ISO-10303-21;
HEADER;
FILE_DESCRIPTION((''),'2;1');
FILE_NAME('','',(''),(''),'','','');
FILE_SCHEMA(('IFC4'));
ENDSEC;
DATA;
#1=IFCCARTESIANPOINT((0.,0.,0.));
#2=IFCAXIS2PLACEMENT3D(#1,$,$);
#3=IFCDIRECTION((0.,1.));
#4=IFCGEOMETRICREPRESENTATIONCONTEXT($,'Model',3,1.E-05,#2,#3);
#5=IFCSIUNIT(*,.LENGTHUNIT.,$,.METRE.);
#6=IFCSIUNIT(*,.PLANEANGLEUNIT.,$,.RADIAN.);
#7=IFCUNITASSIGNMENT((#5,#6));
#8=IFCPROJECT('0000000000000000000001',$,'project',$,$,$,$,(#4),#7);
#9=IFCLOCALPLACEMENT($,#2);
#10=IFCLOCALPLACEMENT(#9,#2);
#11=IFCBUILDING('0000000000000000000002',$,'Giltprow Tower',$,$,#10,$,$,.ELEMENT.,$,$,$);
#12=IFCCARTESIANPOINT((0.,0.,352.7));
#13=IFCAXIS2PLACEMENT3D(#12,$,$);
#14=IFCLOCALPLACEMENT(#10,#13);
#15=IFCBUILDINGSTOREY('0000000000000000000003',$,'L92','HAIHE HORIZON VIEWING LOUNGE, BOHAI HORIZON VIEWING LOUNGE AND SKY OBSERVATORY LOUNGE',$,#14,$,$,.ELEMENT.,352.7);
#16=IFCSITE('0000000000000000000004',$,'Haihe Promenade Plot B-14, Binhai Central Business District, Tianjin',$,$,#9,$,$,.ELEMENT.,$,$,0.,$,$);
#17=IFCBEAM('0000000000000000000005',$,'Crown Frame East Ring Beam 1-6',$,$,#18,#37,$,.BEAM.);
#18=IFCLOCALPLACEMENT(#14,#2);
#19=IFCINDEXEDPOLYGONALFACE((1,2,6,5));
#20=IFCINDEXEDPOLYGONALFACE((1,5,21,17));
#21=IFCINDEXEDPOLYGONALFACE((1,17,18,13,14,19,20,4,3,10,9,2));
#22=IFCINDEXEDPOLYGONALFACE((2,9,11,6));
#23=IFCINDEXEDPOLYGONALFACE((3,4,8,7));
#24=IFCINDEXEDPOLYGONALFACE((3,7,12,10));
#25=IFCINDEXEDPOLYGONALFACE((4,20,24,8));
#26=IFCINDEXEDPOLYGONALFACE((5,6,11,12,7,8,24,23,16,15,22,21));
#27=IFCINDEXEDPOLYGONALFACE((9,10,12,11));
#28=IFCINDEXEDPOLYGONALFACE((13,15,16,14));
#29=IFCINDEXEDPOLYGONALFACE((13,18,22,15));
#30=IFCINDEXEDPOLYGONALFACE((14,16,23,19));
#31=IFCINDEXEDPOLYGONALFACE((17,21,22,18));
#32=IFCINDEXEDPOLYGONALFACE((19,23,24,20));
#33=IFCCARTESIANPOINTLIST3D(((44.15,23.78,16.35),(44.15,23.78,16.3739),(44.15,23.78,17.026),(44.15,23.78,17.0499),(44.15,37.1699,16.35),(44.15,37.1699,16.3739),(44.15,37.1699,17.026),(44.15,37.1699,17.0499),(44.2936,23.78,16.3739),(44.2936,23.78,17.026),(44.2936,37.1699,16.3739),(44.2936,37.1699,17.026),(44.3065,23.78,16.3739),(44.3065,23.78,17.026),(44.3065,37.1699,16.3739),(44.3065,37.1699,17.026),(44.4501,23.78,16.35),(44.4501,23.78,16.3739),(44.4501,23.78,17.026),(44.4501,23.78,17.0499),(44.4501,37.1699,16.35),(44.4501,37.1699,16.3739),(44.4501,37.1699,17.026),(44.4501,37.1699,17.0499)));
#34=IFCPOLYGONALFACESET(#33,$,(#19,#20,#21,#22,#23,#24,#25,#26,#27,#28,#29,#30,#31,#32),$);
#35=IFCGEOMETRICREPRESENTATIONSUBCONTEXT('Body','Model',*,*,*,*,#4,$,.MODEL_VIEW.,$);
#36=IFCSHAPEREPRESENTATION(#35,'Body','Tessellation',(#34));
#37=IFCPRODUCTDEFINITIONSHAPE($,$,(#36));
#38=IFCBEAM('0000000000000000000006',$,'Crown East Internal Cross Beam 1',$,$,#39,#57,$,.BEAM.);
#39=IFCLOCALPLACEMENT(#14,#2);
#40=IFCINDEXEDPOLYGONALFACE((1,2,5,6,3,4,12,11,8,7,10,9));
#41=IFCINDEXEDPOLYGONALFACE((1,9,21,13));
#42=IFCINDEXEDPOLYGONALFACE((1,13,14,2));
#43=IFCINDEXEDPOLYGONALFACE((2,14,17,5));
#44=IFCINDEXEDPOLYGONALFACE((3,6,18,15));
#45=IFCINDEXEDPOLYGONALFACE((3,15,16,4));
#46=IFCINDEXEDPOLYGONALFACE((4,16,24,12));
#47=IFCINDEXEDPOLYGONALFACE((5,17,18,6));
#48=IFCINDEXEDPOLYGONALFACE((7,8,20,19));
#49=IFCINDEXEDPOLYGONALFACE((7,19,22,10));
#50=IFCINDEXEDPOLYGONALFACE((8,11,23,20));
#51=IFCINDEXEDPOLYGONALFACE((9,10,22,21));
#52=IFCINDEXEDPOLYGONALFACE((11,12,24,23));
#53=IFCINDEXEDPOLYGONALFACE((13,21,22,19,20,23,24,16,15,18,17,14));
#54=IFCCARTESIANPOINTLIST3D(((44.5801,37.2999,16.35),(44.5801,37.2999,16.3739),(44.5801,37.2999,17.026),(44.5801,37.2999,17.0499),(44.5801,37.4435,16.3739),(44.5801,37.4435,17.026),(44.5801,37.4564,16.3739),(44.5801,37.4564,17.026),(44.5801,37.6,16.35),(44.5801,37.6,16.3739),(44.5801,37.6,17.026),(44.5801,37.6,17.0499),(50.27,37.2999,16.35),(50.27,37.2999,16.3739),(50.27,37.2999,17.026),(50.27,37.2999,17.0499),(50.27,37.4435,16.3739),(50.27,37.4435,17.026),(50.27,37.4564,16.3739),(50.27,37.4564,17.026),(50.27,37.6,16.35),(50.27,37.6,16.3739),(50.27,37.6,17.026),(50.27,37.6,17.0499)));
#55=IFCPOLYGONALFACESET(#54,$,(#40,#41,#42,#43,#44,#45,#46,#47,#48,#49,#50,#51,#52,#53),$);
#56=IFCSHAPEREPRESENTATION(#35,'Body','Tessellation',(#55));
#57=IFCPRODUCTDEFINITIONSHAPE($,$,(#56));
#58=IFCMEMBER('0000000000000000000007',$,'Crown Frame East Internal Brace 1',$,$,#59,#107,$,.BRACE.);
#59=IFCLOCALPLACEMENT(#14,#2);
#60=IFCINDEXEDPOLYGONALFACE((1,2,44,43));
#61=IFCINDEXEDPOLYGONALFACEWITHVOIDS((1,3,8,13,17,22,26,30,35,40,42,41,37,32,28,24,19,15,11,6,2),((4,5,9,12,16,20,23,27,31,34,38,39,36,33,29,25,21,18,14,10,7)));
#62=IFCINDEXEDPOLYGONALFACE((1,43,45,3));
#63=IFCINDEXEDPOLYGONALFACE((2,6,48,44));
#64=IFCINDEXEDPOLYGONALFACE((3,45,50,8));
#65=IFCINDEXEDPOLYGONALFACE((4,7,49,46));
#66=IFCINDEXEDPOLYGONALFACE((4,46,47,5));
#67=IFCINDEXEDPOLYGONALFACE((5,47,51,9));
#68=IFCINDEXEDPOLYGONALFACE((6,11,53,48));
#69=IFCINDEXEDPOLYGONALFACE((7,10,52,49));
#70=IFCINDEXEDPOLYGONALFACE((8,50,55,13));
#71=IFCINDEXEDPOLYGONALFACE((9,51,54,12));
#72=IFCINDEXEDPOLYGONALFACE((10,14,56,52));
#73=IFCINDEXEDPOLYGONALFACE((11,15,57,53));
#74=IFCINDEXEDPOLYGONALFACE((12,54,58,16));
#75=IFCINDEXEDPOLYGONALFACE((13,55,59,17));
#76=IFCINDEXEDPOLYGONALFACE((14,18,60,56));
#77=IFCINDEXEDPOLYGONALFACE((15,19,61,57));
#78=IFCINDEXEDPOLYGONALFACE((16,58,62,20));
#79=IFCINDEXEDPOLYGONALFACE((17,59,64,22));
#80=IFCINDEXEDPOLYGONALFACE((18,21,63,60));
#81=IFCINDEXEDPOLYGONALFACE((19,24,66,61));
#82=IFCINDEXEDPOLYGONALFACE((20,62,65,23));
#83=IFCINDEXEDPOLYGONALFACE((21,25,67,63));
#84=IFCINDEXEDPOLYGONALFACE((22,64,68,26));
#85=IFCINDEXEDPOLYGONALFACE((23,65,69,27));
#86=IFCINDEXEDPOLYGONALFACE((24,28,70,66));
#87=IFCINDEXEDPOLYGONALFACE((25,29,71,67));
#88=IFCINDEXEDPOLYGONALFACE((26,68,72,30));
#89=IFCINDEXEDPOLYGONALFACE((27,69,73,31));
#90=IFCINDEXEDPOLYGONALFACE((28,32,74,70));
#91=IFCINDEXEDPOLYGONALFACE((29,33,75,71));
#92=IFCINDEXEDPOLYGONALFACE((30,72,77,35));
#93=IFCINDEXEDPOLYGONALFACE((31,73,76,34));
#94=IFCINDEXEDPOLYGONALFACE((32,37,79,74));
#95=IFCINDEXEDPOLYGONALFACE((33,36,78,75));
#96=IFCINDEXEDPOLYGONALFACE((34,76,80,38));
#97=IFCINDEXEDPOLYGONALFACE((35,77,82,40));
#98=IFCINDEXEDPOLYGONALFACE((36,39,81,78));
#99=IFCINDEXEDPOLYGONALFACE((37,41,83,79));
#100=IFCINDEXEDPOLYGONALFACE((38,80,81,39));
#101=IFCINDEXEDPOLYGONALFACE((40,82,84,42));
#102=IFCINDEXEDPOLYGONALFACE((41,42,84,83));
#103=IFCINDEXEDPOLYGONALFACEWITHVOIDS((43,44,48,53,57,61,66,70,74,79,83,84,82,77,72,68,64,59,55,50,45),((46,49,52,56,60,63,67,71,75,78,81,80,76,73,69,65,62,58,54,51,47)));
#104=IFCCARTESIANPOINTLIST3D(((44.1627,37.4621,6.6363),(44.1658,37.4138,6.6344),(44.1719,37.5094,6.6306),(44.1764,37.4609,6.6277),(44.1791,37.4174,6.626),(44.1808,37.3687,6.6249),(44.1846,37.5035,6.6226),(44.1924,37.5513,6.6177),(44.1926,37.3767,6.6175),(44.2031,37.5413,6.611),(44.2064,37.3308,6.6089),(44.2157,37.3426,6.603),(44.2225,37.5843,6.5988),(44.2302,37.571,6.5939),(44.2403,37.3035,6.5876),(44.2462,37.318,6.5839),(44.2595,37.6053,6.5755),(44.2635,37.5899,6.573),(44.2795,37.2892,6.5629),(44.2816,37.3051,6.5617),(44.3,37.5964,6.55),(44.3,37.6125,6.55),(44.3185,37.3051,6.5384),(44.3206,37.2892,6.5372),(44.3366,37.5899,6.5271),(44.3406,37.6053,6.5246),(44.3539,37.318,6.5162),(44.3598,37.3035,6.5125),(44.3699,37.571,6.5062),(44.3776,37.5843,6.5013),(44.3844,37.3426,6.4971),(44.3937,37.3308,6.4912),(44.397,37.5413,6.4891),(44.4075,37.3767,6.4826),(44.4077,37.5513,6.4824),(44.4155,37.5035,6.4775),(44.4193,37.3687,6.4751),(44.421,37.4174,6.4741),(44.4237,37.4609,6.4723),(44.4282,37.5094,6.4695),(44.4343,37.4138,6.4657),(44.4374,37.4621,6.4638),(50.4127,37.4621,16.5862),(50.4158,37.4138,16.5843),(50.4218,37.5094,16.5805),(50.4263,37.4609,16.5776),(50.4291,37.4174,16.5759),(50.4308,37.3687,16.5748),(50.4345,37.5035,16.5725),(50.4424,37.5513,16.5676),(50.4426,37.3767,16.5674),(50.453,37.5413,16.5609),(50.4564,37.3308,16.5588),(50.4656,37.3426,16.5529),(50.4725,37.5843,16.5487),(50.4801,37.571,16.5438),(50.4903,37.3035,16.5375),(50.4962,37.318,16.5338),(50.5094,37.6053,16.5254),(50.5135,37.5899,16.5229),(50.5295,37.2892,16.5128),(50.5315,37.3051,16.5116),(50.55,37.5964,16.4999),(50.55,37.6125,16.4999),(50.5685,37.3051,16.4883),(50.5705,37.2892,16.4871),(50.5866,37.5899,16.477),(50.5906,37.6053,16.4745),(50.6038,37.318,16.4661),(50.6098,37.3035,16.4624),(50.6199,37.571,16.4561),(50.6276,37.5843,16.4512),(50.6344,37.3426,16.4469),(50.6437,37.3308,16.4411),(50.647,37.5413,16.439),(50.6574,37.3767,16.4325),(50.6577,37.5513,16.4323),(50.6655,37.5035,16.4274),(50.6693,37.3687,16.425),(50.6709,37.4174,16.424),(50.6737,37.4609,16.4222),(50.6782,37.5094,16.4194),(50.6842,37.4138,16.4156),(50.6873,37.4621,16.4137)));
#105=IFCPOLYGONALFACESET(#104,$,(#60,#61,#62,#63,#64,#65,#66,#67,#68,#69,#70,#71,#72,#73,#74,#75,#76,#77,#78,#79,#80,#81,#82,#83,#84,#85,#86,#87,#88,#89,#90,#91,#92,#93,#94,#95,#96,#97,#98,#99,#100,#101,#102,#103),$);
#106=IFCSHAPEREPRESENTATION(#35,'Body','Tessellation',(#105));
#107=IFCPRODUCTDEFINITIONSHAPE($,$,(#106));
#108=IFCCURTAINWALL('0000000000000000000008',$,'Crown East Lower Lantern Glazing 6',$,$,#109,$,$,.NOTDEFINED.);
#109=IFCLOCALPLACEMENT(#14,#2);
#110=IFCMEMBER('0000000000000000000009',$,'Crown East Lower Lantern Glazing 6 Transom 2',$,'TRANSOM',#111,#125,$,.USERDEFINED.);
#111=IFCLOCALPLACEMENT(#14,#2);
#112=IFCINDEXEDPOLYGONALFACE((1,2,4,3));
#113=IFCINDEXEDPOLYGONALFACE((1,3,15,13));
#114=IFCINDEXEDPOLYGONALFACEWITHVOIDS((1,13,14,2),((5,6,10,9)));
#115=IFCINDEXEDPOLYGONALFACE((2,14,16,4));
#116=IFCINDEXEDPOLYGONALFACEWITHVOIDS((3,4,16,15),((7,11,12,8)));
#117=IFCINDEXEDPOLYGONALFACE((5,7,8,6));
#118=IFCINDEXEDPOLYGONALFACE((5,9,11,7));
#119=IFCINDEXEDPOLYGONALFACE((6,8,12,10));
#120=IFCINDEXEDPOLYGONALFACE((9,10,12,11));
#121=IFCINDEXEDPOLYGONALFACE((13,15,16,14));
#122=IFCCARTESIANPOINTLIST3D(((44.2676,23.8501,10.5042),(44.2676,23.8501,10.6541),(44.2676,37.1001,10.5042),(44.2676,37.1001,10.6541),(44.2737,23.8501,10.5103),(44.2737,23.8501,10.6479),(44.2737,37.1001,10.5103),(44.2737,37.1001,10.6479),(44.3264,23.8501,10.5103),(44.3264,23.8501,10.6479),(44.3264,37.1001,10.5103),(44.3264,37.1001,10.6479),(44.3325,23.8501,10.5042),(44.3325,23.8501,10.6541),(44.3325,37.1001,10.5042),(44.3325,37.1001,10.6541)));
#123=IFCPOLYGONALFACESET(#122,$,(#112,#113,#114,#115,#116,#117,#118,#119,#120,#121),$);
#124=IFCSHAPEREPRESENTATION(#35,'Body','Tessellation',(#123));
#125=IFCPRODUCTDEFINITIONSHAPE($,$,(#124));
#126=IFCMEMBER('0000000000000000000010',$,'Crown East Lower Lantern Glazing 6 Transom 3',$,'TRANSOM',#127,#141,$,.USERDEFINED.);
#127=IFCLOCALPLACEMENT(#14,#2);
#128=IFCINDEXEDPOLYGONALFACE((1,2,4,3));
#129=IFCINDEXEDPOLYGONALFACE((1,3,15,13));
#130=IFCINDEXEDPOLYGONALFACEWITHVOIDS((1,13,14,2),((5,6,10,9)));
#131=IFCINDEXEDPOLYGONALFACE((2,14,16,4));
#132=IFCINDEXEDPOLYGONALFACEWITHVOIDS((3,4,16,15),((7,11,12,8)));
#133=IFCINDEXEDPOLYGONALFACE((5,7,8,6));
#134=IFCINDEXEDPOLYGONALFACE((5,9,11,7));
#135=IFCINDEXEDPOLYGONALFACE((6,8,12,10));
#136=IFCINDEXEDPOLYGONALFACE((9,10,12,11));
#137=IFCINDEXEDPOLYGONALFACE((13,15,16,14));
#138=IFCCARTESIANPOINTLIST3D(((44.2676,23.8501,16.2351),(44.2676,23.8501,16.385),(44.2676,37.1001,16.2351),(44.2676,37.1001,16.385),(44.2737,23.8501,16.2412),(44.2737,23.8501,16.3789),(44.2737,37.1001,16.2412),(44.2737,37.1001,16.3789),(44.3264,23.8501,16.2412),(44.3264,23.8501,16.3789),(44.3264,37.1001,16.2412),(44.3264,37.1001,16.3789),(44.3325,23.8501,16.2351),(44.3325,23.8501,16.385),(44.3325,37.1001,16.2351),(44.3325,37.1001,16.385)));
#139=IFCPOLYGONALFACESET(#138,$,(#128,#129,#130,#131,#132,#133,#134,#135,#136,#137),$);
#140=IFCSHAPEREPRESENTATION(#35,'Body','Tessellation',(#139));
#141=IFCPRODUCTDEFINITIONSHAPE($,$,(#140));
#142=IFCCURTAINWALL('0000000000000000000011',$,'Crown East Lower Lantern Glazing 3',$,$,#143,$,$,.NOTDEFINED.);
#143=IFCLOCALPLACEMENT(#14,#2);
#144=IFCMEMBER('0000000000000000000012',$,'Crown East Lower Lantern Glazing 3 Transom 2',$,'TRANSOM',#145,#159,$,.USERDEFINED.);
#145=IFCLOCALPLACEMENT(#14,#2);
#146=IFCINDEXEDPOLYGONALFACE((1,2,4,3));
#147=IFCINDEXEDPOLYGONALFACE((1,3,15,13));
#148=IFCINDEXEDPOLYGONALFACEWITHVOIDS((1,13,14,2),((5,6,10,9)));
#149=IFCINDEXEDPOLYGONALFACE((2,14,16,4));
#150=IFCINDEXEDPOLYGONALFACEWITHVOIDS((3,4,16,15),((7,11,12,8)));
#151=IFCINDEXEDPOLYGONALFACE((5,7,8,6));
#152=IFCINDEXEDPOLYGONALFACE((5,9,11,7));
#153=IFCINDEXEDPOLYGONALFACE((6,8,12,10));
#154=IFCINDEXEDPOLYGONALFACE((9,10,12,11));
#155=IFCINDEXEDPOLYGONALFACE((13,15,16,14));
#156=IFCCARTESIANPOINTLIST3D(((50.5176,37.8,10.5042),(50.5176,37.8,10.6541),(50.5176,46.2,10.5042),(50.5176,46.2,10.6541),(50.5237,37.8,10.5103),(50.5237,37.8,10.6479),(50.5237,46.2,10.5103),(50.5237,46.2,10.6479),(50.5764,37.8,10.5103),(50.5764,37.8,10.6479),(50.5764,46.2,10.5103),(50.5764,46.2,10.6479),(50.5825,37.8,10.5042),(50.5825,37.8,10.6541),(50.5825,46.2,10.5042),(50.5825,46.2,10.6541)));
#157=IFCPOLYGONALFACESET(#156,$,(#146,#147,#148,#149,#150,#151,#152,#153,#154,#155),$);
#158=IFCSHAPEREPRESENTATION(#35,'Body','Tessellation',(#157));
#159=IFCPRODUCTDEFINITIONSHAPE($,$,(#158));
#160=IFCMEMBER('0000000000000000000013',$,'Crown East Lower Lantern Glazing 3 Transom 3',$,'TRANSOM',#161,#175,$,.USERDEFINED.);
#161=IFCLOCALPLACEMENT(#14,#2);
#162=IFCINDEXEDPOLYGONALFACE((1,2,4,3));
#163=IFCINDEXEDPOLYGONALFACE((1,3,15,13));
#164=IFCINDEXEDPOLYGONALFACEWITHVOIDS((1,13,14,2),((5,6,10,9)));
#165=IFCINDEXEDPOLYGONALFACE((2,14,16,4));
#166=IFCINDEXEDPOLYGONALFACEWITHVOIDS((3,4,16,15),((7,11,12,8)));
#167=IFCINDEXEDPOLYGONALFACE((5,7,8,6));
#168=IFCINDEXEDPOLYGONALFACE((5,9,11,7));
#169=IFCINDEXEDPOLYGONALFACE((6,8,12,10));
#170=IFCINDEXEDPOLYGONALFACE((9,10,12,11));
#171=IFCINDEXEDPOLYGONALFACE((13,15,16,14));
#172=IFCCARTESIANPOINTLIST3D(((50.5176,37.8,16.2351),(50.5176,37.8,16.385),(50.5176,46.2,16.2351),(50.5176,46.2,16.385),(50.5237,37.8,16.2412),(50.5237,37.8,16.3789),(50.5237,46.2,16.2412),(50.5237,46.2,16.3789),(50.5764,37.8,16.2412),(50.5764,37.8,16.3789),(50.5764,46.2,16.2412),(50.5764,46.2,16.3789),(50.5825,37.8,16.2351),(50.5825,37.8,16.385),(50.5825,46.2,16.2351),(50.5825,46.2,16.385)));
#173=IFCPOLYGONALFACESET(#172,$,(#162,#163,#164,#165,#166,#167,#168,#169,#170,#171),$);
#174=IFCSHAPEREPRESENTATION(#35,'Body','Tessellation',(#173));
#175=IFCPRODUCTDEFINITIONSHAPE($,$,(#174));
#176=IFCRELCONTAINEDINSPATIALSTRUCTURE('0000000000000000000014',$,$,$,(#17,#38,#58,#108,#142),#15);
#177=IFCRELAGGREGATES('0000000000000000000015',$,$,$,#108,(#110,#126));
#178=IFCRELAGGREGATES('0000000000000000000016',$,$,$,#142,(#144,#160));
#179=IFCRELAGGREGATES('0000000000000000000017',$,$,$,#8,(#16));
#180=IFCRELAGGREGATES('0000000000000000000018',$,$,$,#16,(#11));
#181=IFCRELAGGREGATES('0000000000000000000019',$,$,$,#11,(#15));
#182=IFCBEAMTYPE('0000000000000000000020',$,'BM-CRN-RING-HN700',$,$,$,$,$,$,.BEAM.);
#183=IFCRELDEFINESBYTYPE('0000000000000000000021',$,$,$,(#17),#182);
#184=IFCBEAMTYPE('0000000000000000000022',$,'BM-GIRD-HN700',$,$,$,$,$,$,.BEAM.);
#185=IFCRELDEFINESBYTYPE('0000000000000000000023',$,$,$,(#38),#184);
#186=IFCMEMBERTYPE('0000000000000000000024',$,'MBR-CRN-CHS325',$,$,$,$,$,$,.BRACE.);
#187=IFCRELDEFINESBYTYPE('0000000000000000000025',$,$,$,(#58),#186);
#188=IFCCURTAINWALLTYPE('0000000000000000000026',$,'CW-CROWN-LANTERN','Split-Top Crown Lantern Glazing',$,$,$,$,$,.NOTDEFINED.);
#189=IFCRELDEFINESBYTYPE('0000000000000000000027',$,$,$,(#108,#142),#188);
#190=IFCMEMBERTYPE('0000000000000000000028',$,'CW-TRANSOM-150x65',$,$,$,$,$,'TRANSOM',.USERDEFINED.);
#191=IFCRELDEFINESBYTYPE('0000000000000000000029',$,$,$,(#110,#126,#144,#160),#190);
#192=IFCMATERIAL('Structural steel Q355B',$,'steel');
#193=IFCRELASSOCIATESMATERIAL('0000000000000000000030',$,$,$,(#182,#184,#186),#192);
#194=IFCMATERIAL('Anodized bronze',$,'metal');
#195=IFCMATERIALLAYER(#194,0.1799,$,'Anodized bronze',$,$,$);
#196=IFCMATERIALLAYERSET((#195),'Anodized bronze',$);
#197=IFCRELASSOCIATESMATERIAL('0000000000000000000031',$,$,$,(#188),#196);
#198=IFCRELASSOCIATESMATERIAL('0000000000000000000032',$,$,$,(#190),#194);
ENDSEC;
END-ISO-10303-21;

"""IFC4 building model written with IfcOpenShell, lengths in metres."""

from ifc_helpers import new_model, si_unit, direction, frame, origin, origin_2d, place, context, subcontext, project, spatial, hollow_rectangle, hollow_circle, i_section, extrude, source, transform, mapped, material, layer, layer_set, material_profile, profile_set, type_object, element, aggregate, save


model = new_model("IFC4")

# Units and contexts
model_context = context("Model", 3, precision=1e-05, world=origin(), true_north=direction((0.0, 1.0)))
body_context = subcontext(model_context, "Body", "Model", "MODEL_VIEW")
ifc_project = project(units=[si_unit("LENGTHUNIT", "METRE"), si_unit("PLANEANGLEUNIT", "RADIAN")], contexts=[model_context])

# Site, building, storey
site_placement = place(None, origin())
site = spatial("IfcSite", under=ifc_project, at=site_placement, Name="Haihe Promenade Plot B-14, Binhai Central Business District, Tianjin", CompositionType="ELEMENT", RefElevation=0.0)
building_placement = place(site_placement, origin())
building = spatial("IfcBuilding", under=site, at=building_placement, Name="Giltprow Tower", CompositionType="ELEMENT")
storey_placement = place(building_placement, frame((0.0, 0.0, 352.7)))
storey = spatial("IfcBuildingStorey", under=building, at=storey_placement, Name="L92", Description="HAIHE HORIZON VIEWING LOUNGE, BOHAI HORIZON VIEWING LOUNGE AND SKY OBSERVATORY LOUNGE", CompositionType="ELEMENT", Elevation=352.7)

# Beams
ifc_material_1 = material(Name="Structural steel Q355B", Category="steel")
ifc_material_profile_1 = material_profile(ifc_material_1, i_section(OverallWidth=0.3, OverallDepth=0.7, WebThickness=0.0129, FlangeThickness=0.0239, at=origin_2d()), Name="HN 700x300x13x24")
ifc_profile_set_1 = profile_set([ifc_material_profile_1], Name="Structural steel Q355B")
beam_type_1 = type_object("IfcBeamType", Name="BM-CRN-RING-HN700", PredefinedType="BEAM", material=ifc_profile_set_1)
shared_shape_1 = source(origin(), body_context, "Body", "SweptSolid", [
    extrude(i_section(OverallWidth=0.3, OverallDepth=0.7, WebThickness=0.0129, FlangeThickness=0.0239, at=origin_2d()), origin(), (0.0, 0.0, 1.0), 13.3899),
])
beam_1_placement = place(storey_placement, frame((44.3, 37.1699, 16.7), z_axis=(0.0, -1.0, 0.0), x_axis=(1.0, 0.0, 0.0)))
element("IfcBeam", 1, at=beam_1_placement, inside=storey, type_object=beam_type_1, Name="Crown Frame East Ring Beam 1-6", PredefinedType="BEAM", context=body_context, shape_type="MappedRepresentation", body=[
    mapped(shared_shape_1, transform((0.0, 0.0, 0.0), x_axis=(1.0, 0.0, 0.0), y_axis=(0.0, 1.0, 0.0), z_axis=(0.0, 0.0, 1.0), scale=1.0)),
])
ifc_material_profile_2 = material_profile(ifc_material_1, i_section(OverallWidth=0.3, OverallDepth=0.7, WebThickness=0.0129, FlangeThickness=0.0239, at=origin_2d()), Name="HN 700x300x13x24")
ifc_profile_set_2 = profile_set([ifc_material_profile_2], Name="Structural steel Q355B")
beam_type_2 = type_object("IfcBeamType", Name="BM-GIRD-HN700", PredefinedType="BEAM", material=ifc_profile_set_2)
shared_shape_2 = source(origin(), body_context, "Body", "SweptSolid", [
    extrude(i_section(OverallWidth=0.3, OverallDepth=0.7, WebThickness=0.0129, FlangeThickness=0.0239, at=origin_2d()), origin(), (0.0, 0.0, 1.0), 5.6899),
])
beam_2_placement = place(storey_placement, frame((44.5801, 37.45, 16.7), z_axis=(1.0, 0.0, 0.0), x_axis=(0.0, 1.0, 0.0)))
element("IfcBeam", 2, at=beam_2_placement, inside=storey, type_object=beam_type_2, Name="Crown East Internal Cross Beam 1", PredefinedType="BEAM", context=body_context, shape_type="MappedRepresentation", body=[
    mapped(shared_shape_2, transform((0.0, 0.0, 0.0), x_axis=(1.0, 0.0, 0.0), y_axis=(0.0, 1.0, 0.0), z_axis=(0.0, 0.0, 1.0), scale=1.0)),
])

# Member
ifc_material_profile_3 = material_profile(ifc_material_1, hollow_circle(Radius=0.1626, WallThickness=0.0161, at=origin_2d()), Name="CHS 325x16")
ifc_profile_set_3 = profile_set([ifc_material_profile_3], Name="Structural steel Q355B")
member_type_1 = type_object("IfcMemberType", Name="MBR-CRN-CHS325", PredefinedType="BRACE", material=ifc_profile_set_3)
shared_shape_3 = source(origin(), body_context, "Body", "SweptSolid", [
    extrude(hollow_circle(Radius=0.1626, WallThickness=0.0161, at=origin_2d()), origin(), (0.0, 0.0, 1.0), 11.75),
])
member_1_placement = place(storey_placement, frame((44.3, 37.45, 6.55), z_axis=(0.531912, 0.0, 0.8468), x_axis=(0.0, 1.0, 0.0)))
element("IfcMember", 3, at=member_1_placement, inside=storey, type_object=member_type_1, Name="Crown Frame East Internal Brace 1", PredefinedType="BRACE", context=body_context, shape_type="MappedRepresentation", body=[
    mapped(shared_shape_3, transform((0.0, 0.0, 0.0), x_axis=(1.0, 0.0, 0.0), y_axis=(0.0, 1.0, 0.0), z_axis=(0.0, 0.0, 1.0), scale=1.0)),
])

# Curtain walls, members
ifc_material_2 = material(Name="Anodized bronze", Category="metal")
ifc_layer = layer(ifc_material_2, 0.1799, Name="Anodized bronze")
ifc_layer_set = layer_set([ifc_layer], Name="Anodized bronze")
curtain_wall_type = type_object("IfcCurtainWallType", Name="CW-CROWN-LANTERN", Description="Split-Top Crown Lantern Glazing", PredefinedType="NOTDEFINED", material=ifc_layer_set)
curtain_wall_1_placement = place(storey_placement, origin())
curtain_wall_1 = element("IfcCurtainWall", 4, at=curtain_wall_1_placement, inside=storey, type_object=curtain_wall_type, Name="Crown East Lower Lantern Glazing 6", PredefinedType="NOTDEFINED")
ifc_material_profile_4 = material_profile(ifc_material_2, hollow_rectangle(XDim=0.0649, YDim=0.1499, WallThickness=0.0061, at=origin_2d()), Name="RHS 150x65x6")
ifc_profile_set_4 = profile_set([ifc_material_profile_4], Name="Anodized bronze")
member_type_2 = type_object("IfcMemberType", Name="CW-TRANSOM-150x65", ElementType="TRANSOM", PredefinedType="USERDEFINED", material=ifc_profile_set_4)
shared_shape_4 = source(origin(), body_context, "Body", "SweptSolid", [
    extrude(hollow_rectangle(XDim=0.0649, YDim=0.1499, WallThickness=0.0061, at=origin_2d()), origin(), (0.0, 0.0, 1.0), 13.25),
])
member_2_placement = place(storey_placement, frame((44.3, 37.1001, 10.5791), z_axis=(0.0, -1.0, 0.0), x_axis=(1.0, 0.0, 0.0)))
member_2 = element("IfcMember", 5, at=member_2_placement, type_object=member_type_2, Name="Crown East Lower Lantern Glazing 6 Transom 2", ObjectType="TRANSOM", PredefinedType="USERDEFINED", context=body_context, shape_type="MappedRepresentation", body=[
    mapped(shared_shape_4, transform((0.0, 0.0, 0.0), x_axis=(1.0, 0.0, 0.0), y_axis=(0.0, 1.0, 0.0), z_axis=(0.0, 0.0, 1.0), scale=1.0)),
])
member_3_placement = place(storey_placement, frame((44.3, 37.1001, 16.3101), z_axis=(0.0, -1.0, 0.0), x_axis=(1.0, 0.0, 0.0)))
member_3 = element("IfcMember", 6, at=member_3_placement, type_object=member_type_2, Name="Crown East Lower Lantern Glazing 6 Transom 3", ObjectType="TRANSOM", PredefinedType="USERDEFINED", context=body_context, shape_type="MappedRepresentation", body=[
    mapped(shared_shape_4, transform((0.0, 0.0, 0.0), x_axis=(1.0, 0.0, 0.0), y_axis=(0.0, 1.0, 0.0), z_axis=(0.0, 0.0, 1.0), scale=1.0)),
])
aggregate(curtain_wall_1, [member_2, member_3])
curtain_wall_2_placement = place(storey_placement, origin())
curtain_wall_2 = element("IfcCurtainWall", 7, at=curtain_wall_2_placement, inside=storey, type_object=curtain_wall_type, Name="Crown East Lower Lantern Glazing 3", PredefinedType="NOTDEFINED")
shared_shape_5 = source(origin(), body_context, "Body", "SweptSolid", [
    extrude(hollow_rectangle(XDim=0.0649, YDim=0.1499, WallThickness=0.0061, at=origin_2d()), origin(), (0.0, 0.0, 1.0), 8.3999),
])
member_4_placement = place(storey_placement, frame((50.55, 37.8, 10.5791), z_axis=(0.0, 1.0, 0.0), x_axis=(-1.0, 0.0, 0.0)))
member_4 = element("IfcMember", 8, at=member_4_placement, type_object=member_type_2, Name="Crown East Lower Lantern Glazing 3 Transom 2", ObjectType="TRANSOM", PredefinedType="USERDEFINED", context=body_context, shape_type="MappedRepresentation", body=[
    mapped(shared_shape_5, transform((0.0, 0.0, 0.0), x_axis=(1.0, 0.0, 0.0), y_axis=(0.0, 1.0, 0.0), z_axis=(0.0, 0.0, 1.0), scale=1.0)),
])
member_5_placement = place(storey_placement, frame((50.55, 37.8, 16.3101), z_axis=(0.0, 1.0, 0.0), x_axis=(-1.0, 0.0, 0.0)))
member_5 = element("IfcMember", 9, at=member_5_placement, type_object=member_type_2, Name="Crown East Lower Lantern Glazing 3 Transom 3", ObjectType="TRANSOM", PredefinedType="USERDEFINED", context=body_context, shape_type="MappedRepresentation", body=[
    mapped(shared_shape_5, transform((0.0, 0.0, 0.0), x_axis=(1.0, 0.0, 0.0), y_axis=(0.0, 1.0, 0.0), z_axis=(0.0, 0.0, 1.0), scale=1.0)),
])

aggregate(curtain_wall_2, [member_4, member_5])

save(model, "model.ifc")
